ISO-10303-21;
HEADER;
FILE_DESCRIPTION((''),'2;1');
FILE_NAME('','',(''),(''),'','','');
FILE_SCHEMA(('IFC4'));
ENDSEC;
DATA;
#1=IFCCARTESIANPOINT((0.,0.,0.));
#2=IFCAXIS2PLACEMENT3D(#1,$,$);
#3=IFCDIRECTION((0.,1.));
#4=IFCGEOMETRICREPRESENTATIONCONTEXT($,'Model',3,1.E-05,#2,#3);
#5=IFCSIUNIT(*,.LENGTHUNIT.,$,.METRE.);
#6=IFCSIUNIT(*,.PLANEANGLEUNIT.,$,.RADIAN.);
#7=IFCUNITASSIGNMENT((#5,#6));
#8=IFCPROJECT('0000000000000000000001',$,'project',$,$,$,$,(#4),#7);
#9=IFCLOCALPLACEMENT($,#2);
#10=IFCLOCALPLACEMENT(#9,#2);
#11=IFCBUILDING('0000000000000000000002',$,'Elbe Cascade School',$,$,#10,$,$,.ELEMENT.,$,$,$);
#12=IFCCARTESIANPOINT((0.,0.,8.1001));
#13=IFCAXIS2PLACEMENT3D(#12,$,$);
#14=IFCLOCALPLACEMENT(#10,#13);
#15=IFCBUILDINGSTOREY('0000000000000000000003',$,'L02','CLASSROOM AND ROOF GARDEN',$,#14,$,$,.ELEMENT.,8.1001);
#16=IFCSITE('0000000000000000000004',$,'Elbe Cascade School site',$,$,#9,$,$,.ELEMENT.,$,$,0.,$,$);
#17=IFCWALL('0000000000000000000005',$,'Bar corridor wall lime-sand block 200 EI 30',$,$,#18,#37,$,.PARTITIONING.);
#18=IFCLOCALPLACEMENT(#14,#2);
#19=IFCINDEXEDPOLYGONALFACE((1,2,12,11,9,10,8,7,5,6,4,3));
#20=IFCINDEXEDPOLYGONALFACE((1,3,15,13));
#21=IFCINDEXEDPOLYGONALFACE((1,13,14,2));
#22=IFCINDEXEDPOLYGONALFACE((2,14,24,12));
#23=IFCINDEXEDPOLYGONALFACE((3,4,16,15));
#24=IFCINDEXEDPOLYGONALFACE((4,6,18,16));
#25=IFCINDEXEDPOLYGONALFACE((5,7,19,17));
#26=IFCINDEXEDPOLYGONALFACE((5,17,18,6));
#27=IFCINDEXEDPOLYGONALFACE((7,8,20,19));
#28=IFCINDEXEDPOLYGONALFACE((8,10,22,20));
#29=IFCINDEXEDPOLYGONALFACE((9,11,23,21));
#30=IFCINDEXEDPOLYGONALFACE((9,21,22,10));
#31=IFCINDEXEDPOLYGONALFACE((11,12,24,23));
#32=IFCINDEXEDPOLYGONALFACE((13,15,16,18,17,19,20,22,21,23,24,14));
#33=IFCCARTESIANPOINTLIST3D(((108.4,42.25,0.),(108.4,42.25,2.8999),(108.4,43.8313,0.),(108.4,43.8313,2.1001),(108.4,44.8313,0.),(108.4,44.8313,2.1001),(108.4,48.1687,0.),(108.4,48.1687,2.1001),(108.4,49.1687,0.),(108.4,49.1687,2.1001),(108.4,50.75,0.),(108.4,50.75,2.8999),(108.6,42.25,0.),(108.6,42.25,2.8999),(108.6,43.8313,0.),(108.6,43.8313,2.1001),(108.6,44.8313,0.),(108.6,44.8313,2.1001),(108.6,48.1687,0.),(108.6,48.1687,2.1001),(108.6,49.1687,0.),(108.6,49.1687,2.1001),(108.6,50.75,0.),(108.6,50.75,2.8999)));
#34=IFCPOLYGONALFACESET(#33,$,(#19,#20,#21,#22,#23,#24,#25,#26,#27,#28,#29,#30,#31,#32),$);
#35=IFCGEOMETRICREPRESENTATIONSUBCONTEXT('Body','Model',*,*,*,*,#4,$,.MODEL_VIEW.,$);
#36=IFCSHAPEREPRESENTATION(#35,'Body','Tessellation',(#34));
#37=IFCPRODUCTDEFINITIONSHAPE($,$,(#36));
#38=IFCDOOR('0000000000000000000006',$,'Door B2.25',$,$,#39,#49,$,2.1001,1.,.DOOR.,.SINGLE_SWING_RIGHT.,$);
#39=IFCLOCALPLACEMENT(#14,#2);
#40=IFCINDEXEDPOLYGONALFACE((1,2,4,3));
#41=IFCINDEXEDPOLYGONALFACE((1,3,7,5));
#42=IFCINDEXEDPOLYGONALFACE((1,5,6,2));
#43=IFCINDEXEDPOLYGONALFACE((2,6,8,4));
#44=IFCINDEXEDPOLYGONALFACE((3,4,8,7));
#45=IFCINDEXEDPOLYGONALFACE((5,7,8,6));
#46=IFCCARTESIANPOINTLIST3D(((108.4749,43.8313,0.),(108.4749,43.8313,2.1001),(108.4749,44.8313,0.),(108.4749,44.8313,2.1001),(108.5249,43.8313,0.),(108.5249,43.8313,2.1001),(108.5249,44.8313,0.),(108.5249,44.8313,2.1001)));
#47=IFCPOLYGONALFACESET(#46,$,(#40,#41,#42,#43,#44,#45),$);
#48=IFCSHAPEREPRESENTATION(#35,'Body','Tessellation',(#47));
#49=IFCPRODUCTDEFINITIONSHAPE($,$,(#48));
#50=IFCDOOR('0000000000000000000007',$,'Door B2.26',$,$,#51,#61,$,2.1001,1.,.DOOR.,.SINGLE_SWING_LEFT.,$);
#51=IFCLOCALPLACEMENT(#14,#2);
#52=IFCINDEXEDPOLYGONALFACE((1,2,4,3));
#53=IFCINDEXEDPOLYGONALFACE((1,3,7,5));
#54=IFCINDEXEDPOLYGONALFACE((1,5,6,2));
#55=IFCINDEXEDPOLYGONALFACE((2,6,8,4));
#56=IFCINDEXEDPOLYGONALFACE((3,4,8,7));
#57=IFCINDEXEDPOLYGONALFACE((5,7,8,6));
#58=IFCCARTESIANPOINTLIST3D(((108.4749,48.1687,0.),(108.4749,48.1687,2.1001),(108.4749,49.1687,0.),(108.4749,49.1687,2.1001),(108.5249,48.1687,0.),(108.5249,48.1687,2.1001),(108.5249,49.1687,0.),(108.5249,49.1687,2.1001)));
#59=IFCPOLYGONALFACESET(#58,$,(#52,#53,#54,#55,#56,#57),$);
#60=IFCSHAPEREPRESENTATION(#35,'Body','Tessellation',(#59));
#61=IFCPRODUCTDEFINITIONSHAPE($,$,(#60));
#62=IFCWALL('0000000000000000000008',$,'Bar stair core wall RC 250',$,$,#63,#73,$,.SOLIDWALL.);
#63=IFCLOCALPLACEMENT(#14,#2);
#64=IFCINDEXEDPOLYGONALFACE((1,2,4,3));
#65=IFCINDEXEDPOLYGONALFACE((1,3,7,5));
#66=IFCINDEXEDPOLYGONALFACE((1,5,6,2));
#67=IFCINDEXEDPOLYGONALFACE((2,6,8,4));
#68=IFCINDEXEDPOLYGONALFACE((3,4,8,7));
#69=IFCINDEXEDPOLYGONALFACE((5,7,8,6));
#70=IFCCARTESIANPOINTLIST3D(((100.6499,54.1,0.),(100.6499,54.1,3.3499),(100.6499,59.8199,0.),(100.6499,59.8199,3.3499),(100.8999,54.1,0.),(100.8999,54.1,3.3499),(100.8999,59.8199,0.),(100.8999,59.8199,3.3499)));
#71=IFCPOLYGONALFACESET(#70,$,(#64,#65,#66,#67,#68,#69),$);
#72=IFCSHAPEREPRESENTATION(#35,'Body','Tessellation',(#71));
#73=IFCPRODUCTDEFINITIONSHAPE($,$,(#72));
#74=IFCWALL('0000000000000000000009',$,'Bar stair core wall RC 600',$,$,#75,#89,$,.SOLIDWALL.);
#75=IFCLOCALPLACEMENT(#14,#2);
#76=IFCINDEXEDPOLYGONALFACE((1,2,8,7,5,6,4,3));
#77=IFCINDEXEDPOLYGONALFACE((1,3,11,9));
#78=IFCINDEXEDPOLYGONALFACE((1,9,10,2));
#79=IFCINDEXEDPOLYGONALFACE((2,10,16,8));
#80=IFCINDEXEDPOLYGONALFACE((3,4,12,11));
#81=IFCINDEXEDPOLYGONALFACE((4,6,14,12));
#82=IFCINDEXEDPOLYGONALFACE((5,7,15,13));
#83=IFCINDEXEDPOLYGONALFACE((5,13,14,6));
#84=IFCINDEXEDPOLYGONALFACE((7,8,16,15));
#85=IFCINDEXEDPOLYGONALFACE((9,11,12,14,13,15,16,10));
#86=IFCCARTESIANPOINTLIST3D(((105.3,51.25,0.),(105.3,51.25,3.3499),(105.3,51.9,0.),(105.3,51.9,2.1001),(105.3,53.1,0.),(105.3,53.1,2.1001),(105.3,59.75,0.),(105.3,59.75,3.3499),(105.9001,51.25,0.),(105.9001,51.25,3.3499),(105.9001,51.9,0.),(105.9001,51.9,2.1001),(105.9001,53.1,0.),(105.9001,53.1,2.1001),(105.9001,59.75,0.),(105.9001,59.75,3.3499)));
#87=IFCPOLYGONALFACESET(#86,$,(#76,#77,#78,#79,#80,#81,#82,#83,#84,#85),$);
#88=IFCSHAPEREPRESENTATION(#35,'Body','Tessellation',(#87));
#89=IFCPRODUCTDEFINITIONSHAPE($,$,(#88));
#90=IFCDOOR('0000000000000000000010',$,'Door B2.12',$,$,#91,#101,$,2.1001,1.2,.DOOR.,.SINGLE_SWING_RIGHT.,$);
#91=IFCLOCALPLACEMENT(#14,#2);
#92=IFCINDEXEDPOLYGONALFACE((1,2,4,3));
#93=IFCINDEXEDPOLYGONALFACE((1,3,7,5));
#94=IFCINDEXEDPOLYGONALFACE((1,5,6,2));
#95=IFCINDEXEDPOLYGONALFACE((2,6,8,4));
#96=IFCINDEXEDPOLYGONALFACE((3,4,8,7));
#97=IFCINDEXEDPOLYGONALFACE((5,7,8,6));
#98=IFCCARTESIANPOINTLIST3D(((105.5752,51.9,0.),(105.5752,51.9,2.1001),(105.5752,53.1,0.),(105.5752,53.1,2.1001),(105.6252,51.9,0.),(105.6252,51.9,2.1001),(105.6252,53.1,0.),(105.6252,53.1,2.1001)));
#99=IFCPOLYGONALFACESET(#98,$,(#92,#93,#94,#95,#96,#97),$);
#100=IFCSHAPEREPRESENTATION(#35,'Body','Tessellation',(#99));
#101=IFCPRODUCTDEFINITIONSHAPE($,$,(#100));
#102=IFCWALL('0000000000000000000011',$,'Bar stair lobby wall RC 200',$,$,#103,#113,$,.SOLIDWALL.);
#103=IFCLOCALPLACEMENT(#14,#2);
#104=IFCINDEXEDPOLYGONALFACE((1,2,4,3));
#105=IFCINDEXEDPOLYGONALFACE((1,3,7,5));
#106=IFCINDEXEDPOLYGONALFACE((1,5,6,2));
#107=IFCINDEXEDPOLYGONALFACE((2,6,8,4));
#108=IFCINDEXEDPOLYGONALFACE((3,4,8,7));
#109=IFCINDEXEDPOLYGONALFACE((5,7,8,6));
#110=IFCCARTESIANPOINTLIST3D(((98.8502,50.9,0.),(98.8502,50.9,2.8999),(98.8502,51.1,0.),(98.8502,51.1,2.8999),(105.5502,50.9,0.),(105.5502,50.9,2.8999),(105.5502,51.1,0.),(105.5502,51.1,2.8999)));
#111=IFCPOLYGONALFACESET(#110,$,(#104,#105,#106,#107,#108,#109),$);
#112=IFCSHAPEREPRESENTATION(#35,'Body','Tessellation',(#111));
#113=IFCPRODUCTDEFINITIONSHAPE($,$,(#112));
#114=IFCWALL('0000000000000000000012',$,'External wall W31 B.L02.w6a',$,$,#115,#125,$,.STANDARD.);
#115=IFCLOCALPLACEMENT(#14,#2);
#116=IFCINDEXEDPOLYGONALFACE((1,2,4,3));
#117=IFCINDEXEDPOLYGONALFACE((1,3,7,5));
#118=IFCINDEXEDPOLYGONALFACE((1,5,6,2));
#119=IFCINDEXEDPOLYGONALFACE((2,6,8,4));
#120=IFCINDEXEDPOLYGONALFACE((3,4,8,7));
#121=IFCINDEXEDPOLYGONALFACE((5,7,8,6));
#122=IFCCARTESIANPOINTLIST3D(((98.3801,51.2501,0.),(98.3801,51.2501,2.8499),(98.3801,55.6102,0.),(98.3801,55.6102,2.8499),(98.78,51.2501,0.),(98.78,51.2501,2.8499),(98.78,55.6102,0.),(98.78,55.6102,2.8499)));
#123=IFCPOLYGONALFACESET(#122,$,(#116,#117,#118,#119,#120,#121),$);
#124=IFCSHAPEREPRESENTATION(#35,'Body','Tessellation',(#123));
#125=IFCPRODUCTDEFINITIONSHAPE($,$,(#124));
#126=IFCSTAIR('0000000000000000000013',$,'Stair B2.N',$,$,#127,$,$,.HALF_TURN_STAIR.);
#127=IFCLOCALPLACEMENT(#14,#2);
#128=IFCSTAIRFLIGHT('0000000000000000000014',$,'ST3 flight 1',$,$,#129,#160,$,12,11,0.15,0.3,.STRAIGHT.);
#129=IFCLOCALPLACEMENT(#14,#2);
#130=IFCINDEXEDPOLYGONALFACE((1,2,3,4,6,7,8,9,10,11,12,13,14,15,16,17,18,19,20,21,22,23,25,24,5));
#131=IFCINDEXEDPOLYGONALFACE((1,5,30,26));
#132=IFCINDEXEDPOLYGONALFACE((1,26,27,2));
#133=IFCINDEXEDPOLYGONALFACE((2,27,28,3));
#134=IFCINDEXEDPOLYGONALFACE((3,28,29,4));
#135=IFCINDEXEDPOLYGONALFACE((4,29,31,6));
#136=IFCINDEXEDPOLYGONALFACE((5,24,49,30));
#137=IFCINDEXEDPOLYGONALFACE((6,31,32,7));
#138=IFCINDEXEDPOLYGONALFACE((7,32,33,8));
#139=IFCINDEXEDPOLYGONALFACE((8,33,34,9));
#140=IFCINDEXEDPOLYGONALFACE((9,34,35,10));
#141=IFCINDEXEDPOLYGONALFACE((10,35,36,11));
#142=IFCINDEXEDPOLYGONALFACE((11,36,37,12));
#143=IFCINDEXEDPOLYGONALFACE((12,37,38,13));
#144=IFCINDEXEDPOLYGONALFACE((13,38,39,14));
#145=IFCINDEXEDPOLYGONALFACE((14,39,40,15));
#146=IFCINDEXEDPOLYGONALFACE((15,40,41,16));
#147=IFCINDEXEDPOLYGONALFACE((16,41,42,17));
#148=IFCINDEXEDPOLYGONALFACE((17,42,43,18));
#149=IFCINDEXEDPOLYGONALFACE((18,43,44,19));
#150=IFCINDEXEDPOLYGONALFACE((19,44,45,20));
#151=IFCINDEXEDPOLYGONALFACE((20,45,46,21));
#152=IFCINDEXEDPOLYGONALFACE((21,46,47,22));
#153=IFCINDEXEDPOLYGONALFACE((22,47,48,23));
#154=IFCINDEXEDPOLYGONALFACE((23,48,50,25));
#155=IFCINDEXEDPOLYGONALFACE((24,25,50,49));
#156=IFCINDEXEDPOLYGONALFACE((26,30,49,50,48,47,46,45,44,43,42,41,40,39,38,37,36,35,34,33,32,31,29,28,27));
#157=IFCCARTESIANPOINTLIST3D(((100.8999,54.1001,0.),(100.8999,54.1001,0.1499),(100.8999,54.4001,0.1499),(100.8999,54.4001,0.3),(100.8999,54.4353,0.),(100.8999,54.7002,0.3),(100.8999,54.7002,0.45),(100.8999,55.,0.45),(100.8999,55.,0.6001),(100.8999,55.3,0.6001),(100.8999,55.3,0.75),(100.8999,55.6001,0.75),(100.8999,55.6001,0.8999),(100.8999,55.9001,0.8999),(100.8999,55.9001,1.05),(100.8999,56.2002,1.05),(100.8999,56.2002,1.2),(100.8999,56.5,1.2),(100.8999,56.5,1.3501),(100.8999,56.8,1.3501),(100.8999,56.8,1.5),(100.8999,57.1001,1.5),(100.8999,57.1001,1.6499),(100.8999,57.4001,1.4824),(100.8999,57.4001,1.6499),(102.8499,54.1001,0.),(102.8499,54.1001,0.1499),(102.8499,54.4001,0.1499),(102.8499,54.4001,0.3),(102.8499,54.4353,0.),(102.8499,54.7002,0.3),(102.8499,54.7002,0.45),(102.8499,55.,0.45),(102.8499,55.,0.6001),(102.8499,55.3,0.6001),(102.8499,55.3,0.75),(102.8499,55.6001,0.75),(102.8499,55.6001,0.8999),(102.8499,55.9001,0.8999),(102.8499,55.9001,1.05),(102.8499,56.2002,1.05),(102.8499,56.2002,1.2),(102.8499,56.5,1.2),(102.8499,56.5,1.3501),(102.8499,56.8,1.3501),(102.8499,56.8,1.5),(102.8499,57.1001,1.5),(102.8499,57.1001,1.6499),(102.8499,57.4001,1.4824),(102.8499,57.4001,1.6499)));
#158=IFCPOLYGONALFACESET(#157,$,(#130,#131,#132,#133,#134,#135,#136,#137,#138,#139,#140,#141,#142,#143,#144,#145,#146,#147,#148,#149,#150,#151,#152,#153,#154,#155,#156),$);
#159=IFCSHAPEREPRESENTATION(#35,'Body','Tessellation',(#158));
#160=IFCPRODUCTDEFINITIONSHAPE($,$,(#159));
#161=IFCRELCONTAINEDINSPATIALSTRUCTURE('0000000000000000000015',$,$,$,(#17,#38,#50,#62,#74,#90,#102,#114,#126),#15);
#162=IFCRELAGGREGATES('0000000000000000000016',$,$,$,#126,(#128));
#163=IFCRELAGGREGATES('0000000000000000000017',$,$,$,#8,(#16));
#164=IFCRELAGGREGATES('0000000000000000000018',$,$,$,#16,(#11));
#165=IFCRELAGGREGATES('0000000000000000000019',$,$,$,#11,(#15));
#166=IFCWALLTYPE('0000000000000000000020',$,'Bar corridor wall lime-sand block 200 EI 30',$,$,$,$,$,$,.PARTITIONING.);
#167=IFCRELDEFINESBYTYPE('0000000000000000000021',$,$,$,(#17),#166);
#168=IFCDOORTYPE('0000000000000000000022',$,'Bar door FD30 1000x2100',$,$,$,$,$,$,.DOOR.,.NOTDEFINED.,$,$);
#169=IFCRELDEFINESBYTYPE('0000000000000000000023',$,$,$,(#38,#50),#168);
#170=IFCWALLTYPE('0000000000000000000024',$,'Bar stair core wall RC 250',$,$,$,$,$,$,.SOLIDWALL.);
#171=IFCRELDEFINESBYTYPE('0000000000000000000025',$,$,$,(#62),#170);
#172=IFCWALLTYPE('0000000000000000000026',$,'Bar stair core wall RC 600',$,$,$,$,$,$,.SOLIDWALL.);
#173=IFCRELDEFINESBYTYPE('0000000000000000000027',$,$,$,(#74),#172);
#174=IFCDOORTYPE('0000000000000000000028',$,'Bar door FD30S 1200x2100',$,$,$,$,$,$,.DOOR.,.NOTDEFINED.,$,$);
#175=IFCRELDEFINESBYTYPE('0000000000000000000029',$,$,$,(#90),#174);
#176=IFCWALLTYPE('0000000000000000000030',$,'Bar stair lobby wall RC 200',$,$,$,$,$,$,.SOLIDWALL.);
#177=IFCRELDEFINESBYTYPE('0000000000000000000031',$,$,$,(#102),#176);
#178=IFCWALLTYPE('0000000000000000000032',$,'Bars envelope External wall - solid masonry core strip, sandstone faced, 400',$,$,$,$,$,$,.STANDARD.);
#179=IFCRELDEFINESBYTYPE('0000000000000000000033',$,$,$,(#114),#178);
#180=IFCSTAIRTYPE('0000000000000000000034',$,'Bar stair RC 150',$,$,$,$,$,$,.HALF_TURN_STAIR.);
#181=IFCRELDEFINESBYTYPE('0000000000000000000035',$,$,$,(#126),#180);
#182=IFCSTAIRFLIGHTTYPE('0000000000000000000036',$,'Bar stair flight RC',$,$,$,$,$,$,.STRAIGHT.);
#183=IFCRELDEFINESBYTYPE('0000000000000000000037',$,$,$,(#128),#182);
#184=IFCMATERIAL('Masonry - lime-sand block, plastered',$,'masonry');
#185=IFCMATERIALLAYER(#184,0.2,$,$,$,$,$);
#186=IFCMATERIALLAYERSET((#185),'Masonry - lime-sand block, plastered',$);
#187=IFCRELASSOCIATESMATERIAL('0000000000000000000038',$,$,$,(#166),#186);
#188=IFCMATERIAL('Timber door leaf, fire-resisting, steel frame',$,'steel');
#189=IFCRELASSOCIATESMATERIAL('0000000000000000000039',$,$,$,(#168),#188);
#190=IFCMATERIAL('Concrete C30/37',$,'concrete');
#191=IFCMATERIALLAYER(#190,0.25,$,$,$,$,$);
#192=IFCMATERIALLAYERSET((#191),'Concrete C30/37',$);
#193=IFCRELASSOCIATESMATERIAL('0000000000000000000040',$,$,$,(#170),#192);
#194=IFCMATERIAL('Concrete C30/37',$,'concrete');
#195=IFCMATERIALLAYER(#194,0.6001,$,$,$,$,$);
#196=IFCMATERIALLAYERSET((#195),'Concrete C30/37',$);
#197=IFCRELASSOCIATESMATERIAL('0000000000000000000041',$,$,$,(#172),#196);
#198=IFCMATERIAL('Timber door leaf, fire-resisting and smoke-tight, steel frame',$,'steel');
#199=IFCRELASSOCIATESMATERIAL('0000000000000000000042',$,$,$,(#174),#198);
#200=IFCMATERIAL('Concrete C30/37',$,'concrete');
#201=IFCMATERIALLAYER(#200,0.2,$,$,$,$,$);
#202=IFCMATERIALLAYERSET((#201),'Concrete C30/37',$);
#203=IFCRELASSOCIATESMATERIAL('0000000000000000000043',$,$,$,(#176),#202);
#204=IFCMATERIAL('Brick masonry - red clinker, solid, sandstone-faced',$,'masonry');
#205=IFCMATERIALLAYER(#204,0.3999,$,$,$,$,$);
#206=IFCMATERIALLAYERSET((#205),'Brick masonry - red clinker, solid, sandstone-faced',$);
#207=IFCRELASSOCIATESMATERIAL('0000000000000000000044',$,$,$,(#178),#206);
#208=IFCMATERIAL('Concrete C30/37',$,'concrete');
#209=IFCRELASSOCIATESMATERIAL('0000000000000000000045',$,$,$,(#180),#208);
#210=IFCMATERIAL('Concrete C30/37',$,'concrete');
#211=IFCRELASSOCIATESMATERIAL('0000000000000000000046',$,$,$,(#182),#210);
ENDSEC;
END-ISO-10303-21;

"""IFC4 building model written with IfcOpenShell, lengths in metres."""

from ifc_helpers import new_model, si_unit, direction, frame, frame_2d, origin, place, context, subcontext, project, spatial, polyline, rectangle, outline, extrude, material, layer, layer_set, type_object, element, fill, aggregate, save


model = new_model("IFC4")

# Units and contexts
model_context = context("Model", 3, precision=1e-05, world=origin(), true_north=direction((0.0, 1.0)))
body_context = subcontext(model_context, "Body", "Model", "MODEL_VIEW")
ifc_project = project(units=[si_unit("LENGTHUNIT", "METRE"), si_unit("PLANEANGLEUNIT", "RADIAN")], contexts=[model_context])

# Site, building, storey
site_placement = place(None, origin())
site = spatial("IfcSite", under=ifc_project, at=site_placement, Name="Elbe Cascade School site", CompositionType="ELEMENT", RefElevation=0.0)
building_placement = place(site_placement, origin())
building = spatial("IfcBuilding", under=site, at=building_placement, Name="Elbe Cascade School", CompositionType="ELEMENT")
storey_placement = place(building_placement, frame((0.0, 0.0, 8.1001)))
storey = spatial("IfcBuildingStorey", under=building, at=storey_placement, Name="L02", Description="CLASSROOM AND ROOF GARDEN", CompositionType="ELEMENT", Elevation=8.1001)

# Shared definitions
ifc_material_1 = material(Name="Masonry - lime-sand block, plastered", Category="masonry")
ifc_layer_1 = layer(ifc_material_1, 0.2)
ifc_layer_set_1 = layer_set([ifc_layer_1], Name="Masonry - lime-sand block, plastered")
wall_type_1 = type_object("IfcWallType", Name="Bar corridor wall lime-sand block 200 EI 30", PredefinedType="PARTITIONING", material=ifc_layer_set_1)
ifc_material_2 = material(Name="Timber door leaf, fire-resisting, steel frame", Category="steel")
door_type_1 = type_object("IfcDoorType", Name="Bar door FD30 1000x2100", OperationType="NOTDEFINED", PredefinedType="DOOR", material=ifc_material_2)

# Wall, openings, doors
wall_1_placement = place(storey_placement, frame((108.5, 50.75, 0.0), z_axis=(0.0, 0.0, 1.0), x_axis=(0.0, -1.0, 0.0)))
wall_1 = element("IfcWall", 1, at=wall_1_placement, inside=storey, type_object=wall_type_1, Name="Bar corridor wall lime-sand block 200 EI 30", PredefinedType="PARTITIONING", context=body_context, shape_type="SweptSolid", body=[
    extrude(rectangle(XDim=8.5, YDim=0.2, at=frame_2d((4.25, 0.0))), origin(), (0.0, 0.0, 1.0), 2.8999),
])
opening_1_placement = place(wall_1_placement, frame((5.9187, 0.0, 0.0)))
opening_1 = element("IfcOpeningElement", 2, at=opening_1_placement, cuts=wall_1, PredefinedType="OPENING", context=body_context, shape_type="SweptSolid", body=[
    extrude(rectangle(XDim=1.0, YDim=2.1001, at=frame_2d((0.5, 1.05))), frame((0.0, 0.1099, 0.0), z_axis=(0.0, -1.0, 0.0), x_axis=(1.0, 0.0, 0.0)), (0.0, 0.0, 1.0), 0.22),
])
opening_2_placement = place(wall_1_placement, frame((1.5813, 0.0, 0.0)))
opening_2 = element("IfcOpeningElement", 3, at=opening_2_placement, cuts=wall_1, PredefinedType="OPENING", context=body_context, shape_type="SweptSolid", body=[
    extrude(rectangle(XDim=1.0, YDim=2.1001, at=frame_2d((0.5, 1.05))), frame((0.0, 0.1099, 0.0), z_axis=(0.0, -1.0, 0.0), x_axis=(1.0, 0.0, 0.0)), (0.0, 0.0, 1.0), 0.22),
])
door_1_placement = place(opening_1_placement, origin())
door_1 = element("IfcDoor", 4, at=door_1_placement, inside=storey, type_object=door_type_1, Name="Door B2.25", OperationType="SINGLE_SWING_RIGHT", OverallHeight=2.1001, OverallWidth=1.0, PredefinedType="DOOR", context=body_context, shape_type="SweptSolid", body=[
    extrude(rectangle(XDim=1.0, YDim=2.1001, at=frame_2d((0.5, 1.05))), frame((0.0, 0.0249, 0.0), z_axis=(0.0, -1.0, 0.0), x_axis=(1.0, 0.0, 0.0)), (0.0, 0.0, 1.0), 0.05),
])
fill(opening_1, door_1)
door_2_placement = place(opening_2_placement, origin())
door_2 = element("IfcDoor", 5, at=door_2_placement, inside=storey, type_object=door_type_1, Name="Door B2.26", OperationType="SINGLE_SWING_LEFT", OverallHeight=2.1001, OverallWidth=1.0, PredefinedType="DOOR", context=body_context, shape_type="SweptSolid", body=[
    extrude(rectangle(XDim=1.0, YDim=2.1001, at=frame_2d((0.5, 1.05))), frame((0.0, 0.0249, 0.0), z_axis=(0.0, -1.0, 0.0), x_axis=(1.0, 0.0, 0.0)), (0.0, 0.0, 1.0), 0.05),
])
fill(opening_2, door_2)

# Wall
ifc_material_3 = material(Name="Concrete C30/37", Category="concrete")
ifc_layer_2 = layer(ifc_material_3, 0.25)
ifc_layer_set_2 = layer_set([ifc_layer_2], Name="Concrete C30/37")
wall_type_2 = type_object("IfcWallType", Name="Bar stair core wall RC 250", PredefinedType="SOLIDWALL", material=ifc_layer_set_2)
wall_2_placement = place(storey_placement, frame((100.7749, 54.1001, 0.0), z_axis=(0.0, 0.0, 1.0), x_axis=(0.0, 1.0, 0.0)))
element("IfcWall", 6, at=wall_2_placement, inside=storey, type_object=wall_type_2, Name="Bar stair core wall RC 250", PredefinedType="SOLIDWALL", context=body_context, shape_type="SweptSolid", body=[
    extrude(rectangle(XDim=5.72, YDim=0.25, at=frame_2d((2.8599, 0.0))), origin(), (0.0, 0.0, 1.0), 3.3499),
])

# Wall, opening, door
ifc_material_4 = material(Name="Concrete C30/37", Category="concrete")
ifc_layer_3 = layer(ifc_material_4, 0.6001)
ifc_layer_set_3 = layer_set([ifc_layer_3], Name="Concrete C30/37")
wall_type_3 = type_object("IfcWallType", Name="Bar stair core wall RC 600", PredefinedType="SOLIDWALL", material=ifc_layer_set_3)
wall_3_placement = place(storey_placement, frame((105.6001, 51.25, 0.0), z_axis=(0.0, 0.0, 1.0), x_axis=(0.0, 1.0, 0.0)))
wall_3 = element("IfcWall", 7, at=wall_3_placement, inside=storey, type_object=wall_type_3, Name="Bar stair core wall RC 600", PredefinedType="SOLIDWALL", context=body_context, shape_type="SweptSolid", body=[
    extrude(rectangle(XDim=8.5, YDim=0.6001, at=frame_2d((4.25, 0.0))), origin(), (0.0, 0.0, 1.0), 3.3499),
])
opening_3_placement = place(wall_3_placement, frame((0.6499, 0.0, 0.0)))
opening_3 = element("IfcOpeningElement", 8, at=opening_3_placement, cuts=wall_3, PredefinedType="OPENING", context=body_context, shape_type="SweptSolid", body=[
    extrude(rectangle(XDim=1.2, YDim=2.1001, at=frame_2d((0.6001, 1.05))), frame((0.0, 0.3101, 0.0), z_axis=(0.0, -1.0, 0.0), x_axis=(1.0, 0.0, 0.0)), (0.0, 0.0, 1.0), 0.6201),
])
ifc_material_5 = material(Name="Timber door leaf, fire-resisting and smoke-tight, steel frame", Category="steel")
door_type_2 = type_object("IfcDoorType", Name="Bar door FD30S 1200x2100", OperationType="NOTDEFINED", PredefinedType="DOOR", material=ifc_material_5)
door_3_placement = place(opening_3_placement, origin())
door_3 = element("IfcDoor", 9, at=door_3_placement, inside=storey, type_object=door_type_2, Name="Door B2.12", OperationType="SINGLE_SWING_RIGHT", OverallHeight=2.1001, OverallWidth=1.2, PredefinedType="DOOR", context=body_context, shape_type="SweptSolid", body=[
    extrude(rectangle(XDim=1.2, YDim=2.1001, at=frame_2d((0.6001, 1.05))), frame((0.0, 0.0249, 0.0), z_axis=(0.0, -1.0, 0.0), x_axis=(1.0, 0.0, 0.0)), (0.0, 0.0, 1.0), 0.05),
])
fill(opening_3, door_3)

# Walls
ifc_material_6 = material(Name="Concrete C30/37", Category="concrete")
ifc_layer_4 = layer(ifc_material_6, 0.2)
ifc_layer_set_4 = layer_set([ifc_layer_4], Name="Concrete C30/37")
wall_type_4 = type_object("IfcWallType", Name="Bar stair lobby wall RC 200", PredefinedType="SOLIDWALL", material=ifc_layer_set_4)
wall_4_placement = place(storey_placement, frame((98.8501, 51.0, 0.0), z_axis=(0.0, 0.0, 1.0), x_axis=(1.0, 0.0, 0.0)))
element("IfcWall", 10, at=wall_4_placement, inside=storey, type_object=wall_type_4, Name="Bar stair lobby wall RC 200", PredefinedType="SOLIDWALL", context=body_context, shape_type="SweptSolid", body=[
    extrude(rectangle(XDim=6.7, YDim=0.2, at=frame_2d((3.3501, 0.0))), origin(), (0.0, 0.0, 1.0), 2.8999),
])
ifc_material_7 = material(Name="Brick masonry - red clinker, solid, sandstone-faced", Category="masonry")
ifc_layer_5 = layer(ifc_material_7, 0.3999)
ifc_layer_set_5 = layer_set([ifc_layer_5], Name="Brick masonry - red clinker, solid, sandstone-faced")
wall_type_5 = type_object("IfcWallType", Name="Bars envelope External wall - solid masonry core strip, sandstone faced, 400", PredefinedType="STANDARD", material=ifc_layer_set_5)
wall_5_placement = place(storey_placement, frame((98.5801, 51.25, 0.0), z_axis=(0.0, 0.0, 1.0), x_axis=(0.0, 1.0, 0.0)))
element("IfcWall", 11, at=wall_5_placement, inside=storey, type_object=wall_type_5, Name="External wall W31 B.L02.w6a", PredefinedType="STANDARD", context=body_context, shape_type="SweptSolid", body=[
    extrude(rectangle(XDim=4.3601, YDim=0.3999, at=frame_2d((2.1802, 0.0))), origin(), (0.0, 0.0, 1.0), 2.8499),
])

# Stair, stair flight
ifc_material_8 = material(Name="Concrete C30/37", Category="concrete")
stair_type = type_object("IfcStairType", Name="Bar stair RC 150", PredefinedType="HALF_TURN_STAIR", material=ifc_material_8)
stair_placement = place(storey_placement, origin())
stair = element("IfcStair", 12, at=stair_placement, inside=storey, type_object=stair_type, Name="Stair B2.N", PredefinedType="HALF_TURN_STAIR")
ifc_material_9 = material(Name="Concrete C30/37", Category="concrete")
stair_flight_type = type_object("IfcStairFlightType", Name="Bar stair flight RC", PredefinedType="STRAIGHT", material=ifc_material_9)
stair_flight_placement = place(storey_placement, frame((101.875, 54.1001, 0.0), z_axis=(0.0, 0.0, 1.0), x_axis=(0.0, 1.0, 0.0)))
stair_flight = element("IfcStairFlight", 13, at=stair_flight_placement, type_object=stair_flight_type, Name="ST3 flight 1", NumberOfRisers=12, NumberOfTreads=11, PredefinedType="STRAIGHT", RiserHeight=0.15, TreadLength=0.3, context=body_context, shape_type="SweptSolid", body=[
    extrude(outline(polyline([(0.0, 0.0), (0.0, 0.1499), (0.3, 0.1499), (0.3, 0.3), (0.6001, 0.3), (0.6001, 0.45), (0.8999, 0.45), (0.8999, 0.6001), (1.2, 0.6001), (1.2, 0.75), (1.5, 0.75), (1.5, 0.8999), (1.8, 0.8999), (1.8, 1.05), (2.1001, 1.05), (2.1001, 1.2), (2.3999, 1.2), (2.3999, 1.3501), (2.7, 1.3501), (2.7, 1.5), (3.0, 1.5), (3.0, 1.6499), (3.3, 1.6499), (3.3, 1.8), (3.3, 1.4824), (0.3352, 0.0), (0.0, 0.0)])), frame((0.0, 0.9751, 0.0), z_axis=(0.0, -1.0, 0.0), x_axis=(1.0, 0.0, 0.0)), (0.0, 0.0, 1.0), 1.95),
])
aggregate(stair, [stair_flight])

save(model, "model.ifc")
